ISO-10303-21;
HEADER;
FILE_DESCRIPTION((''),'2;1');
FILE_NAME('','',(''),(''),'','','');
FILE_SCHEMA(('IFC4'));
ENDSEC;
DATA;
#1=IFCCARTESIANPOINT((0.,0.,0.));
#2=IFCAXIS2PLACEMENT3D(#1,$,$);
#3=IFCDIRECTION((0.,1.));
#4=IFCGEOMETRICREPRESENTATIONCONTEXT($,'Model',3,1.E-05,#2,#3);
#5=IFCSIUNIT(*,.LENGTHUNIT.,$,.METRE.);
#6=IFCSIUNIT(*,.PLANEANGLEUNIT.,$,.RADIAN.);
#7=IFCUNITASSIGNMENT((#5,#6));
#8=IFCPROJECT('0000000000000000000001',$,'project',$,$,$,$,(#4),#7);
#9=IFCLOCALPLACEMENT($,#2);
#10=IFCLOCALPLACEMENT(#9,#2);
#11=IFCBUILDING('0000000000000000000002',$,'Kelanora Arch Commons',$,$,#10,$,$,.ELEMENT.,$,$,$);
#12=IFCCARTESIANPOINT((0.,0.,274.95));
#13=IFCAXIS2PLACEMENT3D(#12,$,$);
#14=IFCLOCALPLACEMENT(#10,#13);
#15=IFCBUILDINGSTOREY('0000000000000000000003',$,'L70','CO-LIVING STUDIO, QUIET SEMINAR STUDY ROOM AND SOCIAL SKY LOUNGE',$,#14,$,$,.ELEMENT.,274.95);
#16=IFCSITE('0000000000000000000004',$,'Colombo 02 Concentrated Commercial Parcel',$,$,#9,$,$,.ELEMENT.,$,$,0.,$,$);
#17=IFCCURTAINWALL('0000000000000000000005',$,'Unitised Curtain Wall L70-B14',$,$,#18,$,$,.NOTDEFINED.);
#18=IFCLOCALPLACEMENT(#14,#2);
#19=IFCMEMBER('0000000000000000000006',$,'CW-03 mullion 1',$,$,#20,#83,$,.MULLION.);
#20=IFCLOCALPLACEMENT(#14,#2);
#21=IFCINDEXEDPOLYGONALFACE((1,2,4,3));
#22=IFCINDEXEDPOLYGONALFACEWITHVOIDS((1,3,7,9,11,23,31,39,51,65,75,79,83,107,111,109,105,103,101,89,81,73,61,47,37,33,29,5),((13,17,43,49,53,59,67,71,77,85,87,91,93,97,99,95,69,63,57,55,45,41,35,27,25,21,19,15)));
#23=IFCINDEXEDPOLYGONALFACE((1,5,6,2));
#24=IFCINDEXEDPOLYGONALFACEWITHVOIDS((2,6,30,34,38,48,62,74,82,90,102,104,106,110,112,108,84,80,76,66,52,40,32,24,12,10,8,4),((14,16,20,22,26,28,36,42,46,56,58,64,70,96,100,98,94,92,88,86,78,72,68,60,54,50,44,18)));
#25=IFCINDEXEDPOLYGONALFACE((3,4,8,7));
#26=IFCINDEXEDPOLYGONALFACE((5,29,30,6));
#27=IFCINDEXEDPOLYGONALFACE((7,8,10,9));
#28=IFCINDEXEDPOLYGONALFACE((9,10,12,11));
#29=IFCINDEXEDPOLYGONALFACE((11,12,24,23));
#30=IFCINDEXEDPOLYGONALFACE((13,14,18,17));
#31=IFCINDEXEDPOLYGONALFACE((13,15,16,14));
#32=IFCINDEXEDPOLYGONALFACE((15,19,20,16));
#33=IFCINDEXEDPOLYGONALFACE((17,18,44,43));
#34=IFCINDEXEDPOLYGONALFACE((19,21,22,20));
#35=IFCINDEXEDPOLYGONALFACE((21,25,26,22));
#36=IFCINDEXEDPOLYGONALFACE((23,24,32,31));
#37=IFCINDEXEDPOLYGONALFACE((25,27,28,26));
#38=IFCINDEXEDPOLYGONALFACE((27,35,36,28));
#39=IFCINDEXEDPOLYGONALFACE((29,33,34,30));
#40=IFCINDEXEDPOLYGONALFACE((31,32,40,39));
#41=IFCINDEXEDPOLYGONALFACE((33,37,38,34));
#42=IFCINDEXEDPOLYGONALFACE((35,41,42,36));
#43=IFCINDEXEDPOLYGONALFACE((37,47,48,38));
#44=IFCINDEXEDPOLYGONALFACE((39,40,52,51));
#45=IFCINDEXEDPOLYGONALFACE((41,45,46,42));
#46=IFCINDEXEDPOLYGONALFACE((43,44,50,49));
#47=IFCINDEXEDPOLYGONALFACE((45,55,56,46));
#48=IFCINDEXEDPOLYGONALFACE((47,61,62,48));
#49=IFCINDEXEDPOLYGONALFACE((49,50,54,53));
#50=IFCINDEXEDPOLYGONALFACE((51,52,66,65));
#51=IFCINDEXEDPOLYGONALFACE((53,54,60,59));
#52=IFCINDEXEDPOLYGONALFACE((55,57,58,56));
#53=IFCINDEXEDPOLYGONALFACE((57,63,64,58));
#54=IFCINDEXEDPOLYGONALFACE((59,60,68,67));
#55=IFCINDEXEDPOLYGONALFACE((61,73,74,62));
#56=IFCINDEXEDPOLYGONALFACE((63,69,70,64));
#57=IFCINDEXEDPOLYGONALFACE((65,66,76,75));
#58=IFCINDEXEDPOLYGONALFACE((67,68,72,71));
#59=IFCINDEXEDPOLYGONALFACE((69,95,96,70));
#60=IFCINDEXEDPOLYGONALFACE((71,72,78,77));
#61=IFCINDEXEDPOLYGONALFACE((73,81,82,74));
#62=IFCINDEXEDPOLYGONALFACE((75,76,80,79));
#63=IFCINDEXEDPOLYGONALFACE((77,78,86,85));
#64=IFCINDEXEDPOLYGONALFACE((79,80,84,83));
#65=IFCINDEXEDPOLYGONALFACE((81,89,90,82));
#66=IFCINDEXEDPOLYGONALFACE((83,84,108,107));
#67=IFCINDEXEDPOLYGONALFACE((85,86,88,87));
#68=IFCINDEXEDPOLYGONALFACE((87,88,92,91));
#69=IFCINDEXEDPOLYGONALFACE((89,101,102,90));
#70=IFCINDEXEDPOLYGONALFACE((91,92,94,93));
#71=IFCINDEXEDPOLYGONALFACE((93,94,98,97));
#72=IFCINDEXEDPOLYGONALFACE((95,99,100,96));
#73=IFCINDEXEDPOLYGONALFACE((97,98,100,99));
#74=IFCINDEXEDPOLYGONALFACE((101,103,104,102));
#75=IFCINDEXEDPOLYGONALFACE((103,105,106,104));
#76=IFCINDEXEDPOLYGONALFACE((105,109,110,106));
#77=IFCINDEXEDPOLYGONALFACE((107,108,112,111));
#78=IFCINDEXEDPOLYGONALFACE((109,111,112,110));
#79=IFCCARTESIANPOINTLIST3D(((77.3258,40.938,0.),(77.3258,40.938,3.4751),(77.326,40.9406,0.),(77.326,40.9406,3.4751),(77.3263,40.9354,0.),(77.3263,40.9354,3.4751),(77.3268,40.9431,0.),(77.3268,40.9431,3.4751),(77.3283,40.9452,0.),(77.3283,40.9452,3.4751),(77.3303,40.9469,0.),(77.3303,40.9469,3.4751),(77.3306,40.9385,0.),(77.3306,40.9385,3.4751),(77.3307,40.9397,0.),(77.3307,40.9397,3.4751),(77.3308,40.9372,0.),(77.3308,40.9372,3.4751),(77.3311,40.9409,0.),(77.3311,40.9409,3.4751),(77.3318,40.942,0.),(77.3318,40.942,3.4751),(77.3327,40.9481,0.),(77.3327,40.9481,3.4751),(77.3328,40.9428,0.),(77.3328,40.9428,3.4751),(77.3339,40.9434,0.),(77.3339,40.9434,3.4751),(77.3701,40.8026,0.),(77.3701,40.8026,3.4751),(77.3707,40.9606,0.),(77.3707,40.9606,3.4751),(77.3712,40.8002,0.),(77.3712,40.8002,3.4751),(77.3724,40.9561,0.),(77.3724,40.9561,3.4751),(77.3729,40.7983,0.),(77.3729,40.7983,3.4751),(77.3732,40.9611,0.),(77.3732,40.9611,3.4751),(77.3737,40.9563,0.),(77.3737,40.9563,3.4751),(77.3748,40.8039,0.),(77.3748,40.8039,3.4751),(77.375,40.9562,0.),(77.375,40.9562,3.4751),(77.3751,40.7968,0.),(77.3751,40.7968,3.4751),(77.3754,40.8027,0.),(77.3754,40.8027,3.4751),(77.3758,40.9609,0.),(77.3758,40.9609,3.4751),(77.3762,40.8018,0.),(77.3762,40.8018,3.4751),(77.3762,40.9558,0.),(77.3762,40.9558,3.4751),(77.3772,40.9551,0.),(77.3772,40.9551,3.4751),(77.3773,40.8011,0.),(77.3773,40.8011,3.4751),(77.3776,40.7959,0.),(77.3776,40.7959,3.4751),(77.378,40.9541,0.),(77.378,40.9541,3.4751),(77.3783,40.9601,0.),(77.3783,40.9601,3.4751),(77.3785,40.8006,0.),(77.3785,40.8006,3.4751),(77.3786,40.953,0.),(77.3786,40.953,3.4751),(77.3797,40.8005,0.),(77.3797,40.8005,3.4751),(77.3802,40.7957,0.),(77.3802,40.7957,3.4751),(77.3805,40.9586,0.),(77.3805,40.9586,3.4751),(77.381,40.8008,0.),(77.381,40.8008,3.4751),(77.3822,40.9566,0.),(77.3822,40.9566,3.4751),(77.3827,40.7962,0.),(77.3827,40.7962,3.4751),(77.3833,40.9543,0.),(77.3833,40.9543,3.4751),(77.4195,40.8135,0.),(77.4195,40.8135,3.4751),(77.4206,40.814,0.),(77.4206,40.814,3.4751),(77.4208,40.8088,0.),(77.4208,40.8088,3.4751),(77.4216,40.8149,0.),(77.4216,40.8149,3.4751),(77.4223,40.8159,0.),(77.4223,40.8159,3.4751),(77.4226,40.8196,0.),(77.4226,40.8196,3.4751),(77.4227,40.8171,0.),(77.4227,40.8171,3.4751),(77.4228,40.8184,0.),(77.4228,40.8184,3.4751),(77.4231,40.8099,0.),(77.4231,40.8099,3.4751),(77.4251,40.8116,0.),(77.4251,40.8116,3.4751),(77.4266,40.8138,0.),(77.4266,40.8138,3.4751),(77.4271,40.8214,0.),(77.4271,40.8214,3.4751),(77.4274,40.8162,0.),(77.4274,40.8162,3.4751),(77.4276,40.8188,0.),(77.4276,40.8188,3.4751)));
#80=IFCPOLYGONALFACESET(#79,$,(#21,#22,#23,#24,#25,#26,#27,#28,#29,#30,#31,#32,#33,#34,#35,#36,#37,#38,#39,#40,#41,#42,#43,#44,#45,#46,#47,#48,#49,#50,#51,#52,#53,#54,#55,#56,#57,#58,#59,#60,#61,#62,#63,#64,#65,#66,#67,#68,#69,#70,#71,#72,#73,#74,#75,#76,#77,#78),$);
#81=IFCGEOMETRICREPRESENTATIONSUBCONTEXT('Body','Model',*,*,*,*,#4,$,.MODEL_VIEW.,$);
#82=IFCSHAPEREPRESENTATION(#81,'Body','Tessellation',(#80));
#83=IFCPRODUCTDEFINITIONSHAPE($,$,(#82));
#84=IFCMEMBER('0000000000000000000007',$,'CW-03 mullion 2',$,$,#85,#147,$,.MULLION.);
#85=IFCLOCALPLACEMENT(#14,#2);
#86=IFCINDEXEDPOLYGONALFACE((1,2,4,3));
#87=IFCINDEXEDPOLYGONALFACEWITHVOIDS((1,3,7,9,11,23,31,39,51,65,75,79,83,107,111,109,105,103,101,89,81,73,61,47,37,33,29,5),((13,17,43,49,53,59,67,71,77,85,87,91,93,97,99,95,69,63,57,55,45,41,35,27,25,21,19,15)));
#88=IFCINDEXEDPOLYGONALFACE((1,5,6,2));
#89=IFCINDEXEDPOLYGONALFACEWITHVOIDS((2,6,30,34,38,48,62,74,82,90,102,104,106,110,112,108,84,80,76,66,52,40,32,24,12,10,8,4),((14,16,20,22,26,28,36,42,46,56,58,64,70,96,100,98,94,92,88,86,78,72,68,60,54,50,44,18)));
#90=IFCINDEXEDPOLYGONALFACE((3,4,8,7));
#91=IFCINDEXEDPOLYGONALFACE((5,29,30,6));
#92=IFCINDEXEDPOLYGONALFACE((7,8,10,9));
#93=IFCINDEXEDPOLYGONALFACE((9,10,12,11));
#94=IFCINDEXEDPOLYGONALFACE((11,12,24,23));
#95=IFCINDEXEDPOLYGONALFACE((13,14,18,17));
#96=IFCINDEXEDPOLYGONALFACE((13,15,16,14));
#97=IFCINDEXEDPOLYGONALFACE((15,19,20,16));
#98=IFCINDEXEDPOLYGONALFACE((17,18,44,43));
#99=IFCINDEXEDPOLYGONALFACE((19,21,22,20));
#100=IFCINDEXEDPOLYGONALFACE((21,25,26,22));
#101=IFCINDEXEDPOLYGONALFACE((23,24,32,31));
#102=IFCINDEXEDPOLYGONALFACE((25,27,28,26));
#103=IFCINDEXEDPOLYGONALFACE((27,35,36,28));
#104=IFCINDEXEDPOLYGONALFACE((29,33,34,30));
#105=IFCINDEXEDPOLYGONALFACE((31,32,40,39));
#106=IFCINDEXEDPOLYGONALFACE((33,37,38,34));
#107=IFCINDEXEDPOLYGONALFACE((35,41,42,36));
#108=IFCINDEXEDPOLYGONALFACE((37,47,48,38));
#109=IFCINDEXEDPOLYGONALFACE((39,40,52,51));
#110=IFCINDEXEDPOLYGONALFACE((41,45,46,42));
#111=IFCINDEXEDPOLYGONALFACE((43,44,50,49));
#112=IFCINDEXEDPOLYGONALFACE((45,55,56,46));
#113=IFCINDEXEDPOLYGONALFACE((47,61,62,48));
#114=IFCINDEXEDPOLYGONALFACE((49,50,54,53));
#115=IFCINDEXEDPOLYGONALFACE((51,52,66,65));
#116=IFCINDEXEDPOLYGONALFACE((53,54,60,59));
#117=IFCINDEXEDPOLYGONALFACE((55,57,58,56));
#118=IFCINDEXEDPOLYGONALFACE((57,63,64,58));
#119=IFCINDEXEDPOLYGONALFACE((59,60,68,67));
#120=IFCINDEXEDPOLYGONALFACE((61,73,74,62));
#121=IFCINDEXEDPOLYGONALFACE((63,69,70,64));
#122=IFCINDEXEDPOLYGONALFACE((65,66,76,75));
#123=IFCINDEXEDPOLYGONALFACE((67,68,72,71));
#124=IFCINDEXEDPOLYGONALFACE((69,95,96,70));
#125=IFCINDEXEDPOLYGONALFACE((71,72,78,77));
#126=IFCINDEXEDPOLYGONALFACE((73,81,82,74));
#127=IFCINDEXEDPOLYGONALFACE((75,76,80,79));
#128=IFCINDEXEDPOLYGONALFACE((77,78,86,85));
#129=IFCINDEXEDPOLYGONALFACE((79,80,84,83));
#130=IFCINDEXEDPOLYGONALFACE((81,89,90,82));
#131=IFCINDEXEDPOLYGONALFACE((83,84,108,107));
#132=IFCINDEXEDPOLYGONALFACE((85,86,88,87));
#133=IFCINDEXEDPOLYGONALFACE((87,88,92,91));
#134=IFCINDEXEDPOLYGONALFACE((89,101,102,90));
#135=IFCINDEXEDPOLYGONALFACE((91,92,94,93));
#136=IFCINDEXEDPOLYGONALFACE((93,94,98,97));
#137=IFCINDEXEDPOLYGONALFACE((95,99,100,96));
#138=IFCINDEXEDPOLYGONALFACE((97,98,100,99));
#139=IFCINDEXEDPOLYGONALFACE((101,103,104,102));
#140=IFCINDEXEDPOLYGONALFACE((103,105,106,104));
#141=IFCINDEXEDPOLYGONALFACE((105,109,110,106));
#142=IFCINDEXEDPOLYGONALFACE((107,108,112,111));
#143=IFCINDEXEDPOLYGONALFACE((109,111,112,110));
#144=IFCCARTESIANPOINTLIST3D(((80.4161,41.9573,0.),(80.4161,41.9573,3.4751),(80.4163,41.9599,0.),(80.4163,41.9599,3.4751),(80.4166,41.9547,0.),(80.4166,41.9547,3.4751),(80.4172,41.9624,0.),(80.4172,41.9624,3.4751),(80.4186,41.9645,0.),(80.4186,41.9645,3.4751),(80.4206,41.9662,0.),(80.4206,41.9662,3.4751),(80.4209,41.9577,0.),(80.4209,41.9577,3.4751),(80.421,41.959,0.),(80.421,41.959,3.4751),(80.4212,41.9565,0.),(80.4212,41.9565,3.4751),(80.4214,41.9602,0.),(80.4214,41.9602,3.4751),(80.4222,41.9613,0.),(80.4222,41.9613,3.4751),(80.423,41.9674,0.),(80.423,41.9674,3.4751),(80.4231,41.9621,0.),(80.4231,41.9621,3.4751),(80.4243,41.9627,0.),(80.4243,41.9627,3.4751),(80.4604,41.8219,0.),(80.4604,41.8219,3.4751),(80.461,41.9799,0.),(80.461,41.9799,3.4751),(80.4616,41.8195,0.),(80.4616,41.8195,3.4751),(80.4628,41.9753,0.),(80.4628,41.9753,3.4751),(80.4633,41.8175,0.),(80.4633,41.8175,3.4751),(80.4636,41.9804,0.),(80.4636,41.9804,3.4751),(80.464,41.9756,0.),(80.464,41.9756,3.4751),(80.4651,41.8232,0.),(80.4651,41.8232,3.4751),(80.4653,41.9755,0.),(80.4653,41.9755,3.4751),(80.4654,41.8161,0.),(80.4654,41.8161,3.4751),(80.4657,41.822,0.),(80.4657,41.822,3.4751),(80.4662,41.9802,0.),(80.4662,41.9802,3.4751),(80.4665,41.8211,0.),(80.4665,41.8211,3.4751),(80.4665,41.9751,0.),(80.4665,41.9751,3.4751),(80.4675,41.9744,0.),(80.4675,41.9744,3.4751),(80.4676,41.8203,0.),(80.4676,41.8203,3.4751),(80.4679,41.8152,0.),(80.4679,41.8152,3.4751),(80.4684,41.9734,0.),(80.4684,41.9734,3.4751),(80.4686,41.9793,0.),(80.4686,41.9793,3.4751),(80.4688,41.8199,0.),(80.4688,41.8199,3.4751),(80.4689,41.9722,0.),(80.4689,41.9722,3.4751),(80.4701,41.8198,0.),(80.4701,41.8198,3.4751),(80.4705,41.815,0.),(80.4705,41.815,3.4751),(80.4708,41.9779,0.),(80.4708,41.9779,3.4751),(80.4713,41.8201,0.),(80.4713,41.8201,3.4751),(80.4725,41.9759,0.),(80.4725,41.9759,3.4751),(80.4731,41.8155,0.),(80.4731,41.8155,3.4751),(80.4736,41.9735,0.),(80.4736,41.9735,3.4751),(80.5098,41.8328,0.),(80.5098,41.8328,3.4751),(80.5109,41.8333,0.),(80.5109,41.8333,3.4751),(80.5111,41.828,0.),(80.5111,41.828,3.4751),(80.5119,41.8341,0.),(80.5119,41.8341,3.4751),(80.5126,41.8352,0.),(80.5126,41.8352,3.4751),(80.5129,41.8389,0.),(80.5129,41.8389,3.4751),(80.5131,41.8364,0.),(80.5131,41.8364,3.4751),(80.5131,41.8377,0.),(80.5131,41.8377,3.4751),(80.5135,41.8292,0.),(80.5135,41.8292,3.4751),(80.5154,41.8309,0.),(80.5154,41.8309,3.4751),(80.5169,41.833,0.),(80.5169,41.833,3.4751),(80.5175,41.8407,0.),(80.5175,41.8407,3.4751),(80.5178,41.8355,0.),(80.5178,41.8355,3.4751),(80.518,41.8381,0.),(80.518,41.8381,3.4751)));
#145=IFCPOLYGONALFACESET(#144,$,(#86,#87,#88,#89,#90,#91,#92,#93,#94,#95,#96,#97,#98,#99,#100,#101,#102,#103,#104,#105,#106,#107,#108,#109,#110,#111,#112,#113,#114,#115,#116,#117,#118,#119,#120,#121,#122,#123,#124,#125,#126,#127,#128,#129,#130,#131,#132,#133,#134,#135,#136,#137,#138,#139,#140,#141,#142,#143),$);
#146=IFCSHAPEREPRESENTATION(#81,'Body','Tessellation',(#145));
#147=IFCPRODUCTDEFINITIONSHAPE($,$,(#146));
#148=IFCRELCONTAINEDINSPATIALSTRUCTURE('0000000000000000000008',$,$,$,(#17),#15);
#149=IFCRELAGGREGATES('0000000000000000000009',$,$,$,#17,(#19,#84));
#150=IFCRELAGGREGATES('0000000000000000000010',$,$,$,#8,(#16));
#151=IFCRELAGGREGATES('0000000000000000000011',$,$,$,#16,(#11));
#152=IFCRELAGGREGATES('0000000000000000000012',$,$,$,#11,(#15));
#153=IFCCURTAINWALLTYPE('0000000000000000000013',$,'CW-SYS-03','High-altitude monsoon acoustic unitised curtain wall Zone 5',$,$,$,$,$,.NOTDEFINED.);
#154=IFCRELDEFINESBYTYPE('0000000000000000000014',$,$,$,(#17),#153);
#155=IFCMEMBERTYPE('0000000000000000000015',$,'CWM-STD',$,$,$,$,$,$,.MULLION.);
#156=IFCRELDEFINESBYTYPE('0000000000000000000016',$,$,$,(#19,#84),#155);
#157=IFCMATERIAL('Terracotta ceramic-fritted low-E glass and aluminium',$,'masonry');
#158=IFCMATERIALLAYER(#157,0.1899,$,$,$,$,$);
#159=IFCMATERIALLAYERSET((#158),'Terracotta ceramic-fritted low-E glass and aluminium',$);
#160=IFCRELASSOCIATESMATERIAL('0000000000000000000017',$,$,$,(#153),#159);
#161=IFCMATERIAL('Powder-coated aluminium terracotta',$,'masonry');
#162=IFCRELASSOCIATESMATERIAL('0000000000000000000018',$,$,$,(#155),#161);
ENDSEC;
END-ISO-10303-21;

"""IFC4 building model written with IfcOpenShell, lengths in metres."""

from ifc_helpers import new_model, si_unit, direction, frame, origin, origin_2d, place, context, subcontext, project, spatial, hollow_rectangle, extrude, material, layer, layer_set, material_profile, profile_set, type_object, element, aggregate, save


model = new_model("IFC4")

# Units and contexts
model_context = context("Model", 3, precision=1e-05, world=origin(), true_north=direction((0.0, 1.0)))
body_context = subcontext(model_context, "Body", "Model", "MODEL_VIEW")
ifc_project = project(units=[si_unit("LENGTHUNIT", "METRE"), si_unit("PLANEANGLEUNIT", "RADIAN")], contexts=[model_context])

# Site, building, storey
site_placement = place(None, origin())
site = spatial("IfcSite", under=ifc_project, at=site_placement, Name="Colombo 02 Concentrated Commercial Parcel", CompositionType="ELEMENT", RefElevation=0.0)
building_placement = place(site_placement, origin())
building = spatial("IfcBuilding", under=site, at=building_placement, Name="Kelanora Arch Commons", CompositionType="ELEMENT")
storey_placement = place(building_placement, frame((0.0, 0.0, 274.95)))
storey = spatial("IfcBuildingStorey", under=building, at=storey_placement, Name="L70", Description="CO-LIVING STUDIO, QUIET SEMINAR STUDY ROOM AND SOCIAL SKY LOUNGE", CompositionType="ELEMENT", Elevation=274.95)

# Curtain wall, members
ifc_material_1 = material(Name="Terracotta ceramic-fritted low-E glass and aluminium", Category="masonry")
ifc_layer_1 = layer(ifc_material_1, 0.1899)
ifc_layer_set_1 = layer_set([ifc_layer_1], Name="Terracotta ceramic-fritted low-E glass and aluminium")
curtain_wall_type = type_object("IfcCurtainWallType", Name="CW-SYS-03", Description="High-altitude monsoon acoustic unitised curtain wall Zone 5", PredefinedType="NOTDEFINED", material=ifc_layer_set_1)
curtain_wall_placement = place(storey_placement, origin())
curtain_wall = element("IfcCurtainWall", 1, at=curtain_wall_placement, inside=storey, type_object=curtain_wall_type, Name="Unitised Curtain Wall L70-B14", PredefinedType="NOTDEFINED")
ifc_material_2 = material(Name="Powder-coated aluminium terracotta", Category="masonry")
ifc_material_profile_1 = material_profile(ifc_material_2, hollow_rectangle(XDim=0.1599, YDim=0.0601, WallThickness=0.0049, InnerFilletRadius=0.0049, OuterFilletRadius=0.01, at=origin_2d()), Name="CWM160x60")
ifc_profile_set_1 = profile_set([ifc_material_profile_1], Name="Powder-coated aluminium terracotta")
member_type_1 = type_object("IfcMemberType", Name="CWM-STD", PredefinedType="MULLION", material=ifc_profile_set_1)
member_1_placement = place(storey_placement, frame((77.3767, 40.8784, 0.0), z_axis=(0.0, 0.0, 1.0), x_axis=(-0.313253, 0.94967, 0.0)))
member_1 = element("IfcMember", 2, at=member_1_placement, type_object=member_type_1, Name="CW-03 mullion 1", PredefinedType="MULLION", context=body_context, shape_type="SweptSolid", body=[
    extrude(hollow_rectangle(XDim=0.1599, YDim=0.0601, WallThickness=0.0049, InnerFilletRadius=0.0049, OuterFilletRadius=0.01, at=origin_2d()), origin(), (0.0, 0.0, 1.0), 3.4751),
])
member_2_placement = place(storey_placement, frame((80.467, 41.8977, 0.0), z_axis=(0.0, 0.0, 1.0), x_axis=(-0.313253, 0.94967, 0.0)))
member_2 = element("IfcMember", 3, at=member_2_placement, type_object=member_type_1, Name="CW-03 mullion 2", PredefinedType="MULLION", context=body_context, shape_type="SweptSolid", body=[
    extrude(hollow_rectangle(XDim=0.1599, YDim=0.0601, WallThickness=0.0049, InnerFilletRadius=0.0049, OuterFilletRadius=0.01, at=origin_2d()), origin(), (0.0, 0.0, 1.0), 3.4751),
])
aggregate(curtain_wall, [member_1, member_2])

save(model, "model.ifc")
